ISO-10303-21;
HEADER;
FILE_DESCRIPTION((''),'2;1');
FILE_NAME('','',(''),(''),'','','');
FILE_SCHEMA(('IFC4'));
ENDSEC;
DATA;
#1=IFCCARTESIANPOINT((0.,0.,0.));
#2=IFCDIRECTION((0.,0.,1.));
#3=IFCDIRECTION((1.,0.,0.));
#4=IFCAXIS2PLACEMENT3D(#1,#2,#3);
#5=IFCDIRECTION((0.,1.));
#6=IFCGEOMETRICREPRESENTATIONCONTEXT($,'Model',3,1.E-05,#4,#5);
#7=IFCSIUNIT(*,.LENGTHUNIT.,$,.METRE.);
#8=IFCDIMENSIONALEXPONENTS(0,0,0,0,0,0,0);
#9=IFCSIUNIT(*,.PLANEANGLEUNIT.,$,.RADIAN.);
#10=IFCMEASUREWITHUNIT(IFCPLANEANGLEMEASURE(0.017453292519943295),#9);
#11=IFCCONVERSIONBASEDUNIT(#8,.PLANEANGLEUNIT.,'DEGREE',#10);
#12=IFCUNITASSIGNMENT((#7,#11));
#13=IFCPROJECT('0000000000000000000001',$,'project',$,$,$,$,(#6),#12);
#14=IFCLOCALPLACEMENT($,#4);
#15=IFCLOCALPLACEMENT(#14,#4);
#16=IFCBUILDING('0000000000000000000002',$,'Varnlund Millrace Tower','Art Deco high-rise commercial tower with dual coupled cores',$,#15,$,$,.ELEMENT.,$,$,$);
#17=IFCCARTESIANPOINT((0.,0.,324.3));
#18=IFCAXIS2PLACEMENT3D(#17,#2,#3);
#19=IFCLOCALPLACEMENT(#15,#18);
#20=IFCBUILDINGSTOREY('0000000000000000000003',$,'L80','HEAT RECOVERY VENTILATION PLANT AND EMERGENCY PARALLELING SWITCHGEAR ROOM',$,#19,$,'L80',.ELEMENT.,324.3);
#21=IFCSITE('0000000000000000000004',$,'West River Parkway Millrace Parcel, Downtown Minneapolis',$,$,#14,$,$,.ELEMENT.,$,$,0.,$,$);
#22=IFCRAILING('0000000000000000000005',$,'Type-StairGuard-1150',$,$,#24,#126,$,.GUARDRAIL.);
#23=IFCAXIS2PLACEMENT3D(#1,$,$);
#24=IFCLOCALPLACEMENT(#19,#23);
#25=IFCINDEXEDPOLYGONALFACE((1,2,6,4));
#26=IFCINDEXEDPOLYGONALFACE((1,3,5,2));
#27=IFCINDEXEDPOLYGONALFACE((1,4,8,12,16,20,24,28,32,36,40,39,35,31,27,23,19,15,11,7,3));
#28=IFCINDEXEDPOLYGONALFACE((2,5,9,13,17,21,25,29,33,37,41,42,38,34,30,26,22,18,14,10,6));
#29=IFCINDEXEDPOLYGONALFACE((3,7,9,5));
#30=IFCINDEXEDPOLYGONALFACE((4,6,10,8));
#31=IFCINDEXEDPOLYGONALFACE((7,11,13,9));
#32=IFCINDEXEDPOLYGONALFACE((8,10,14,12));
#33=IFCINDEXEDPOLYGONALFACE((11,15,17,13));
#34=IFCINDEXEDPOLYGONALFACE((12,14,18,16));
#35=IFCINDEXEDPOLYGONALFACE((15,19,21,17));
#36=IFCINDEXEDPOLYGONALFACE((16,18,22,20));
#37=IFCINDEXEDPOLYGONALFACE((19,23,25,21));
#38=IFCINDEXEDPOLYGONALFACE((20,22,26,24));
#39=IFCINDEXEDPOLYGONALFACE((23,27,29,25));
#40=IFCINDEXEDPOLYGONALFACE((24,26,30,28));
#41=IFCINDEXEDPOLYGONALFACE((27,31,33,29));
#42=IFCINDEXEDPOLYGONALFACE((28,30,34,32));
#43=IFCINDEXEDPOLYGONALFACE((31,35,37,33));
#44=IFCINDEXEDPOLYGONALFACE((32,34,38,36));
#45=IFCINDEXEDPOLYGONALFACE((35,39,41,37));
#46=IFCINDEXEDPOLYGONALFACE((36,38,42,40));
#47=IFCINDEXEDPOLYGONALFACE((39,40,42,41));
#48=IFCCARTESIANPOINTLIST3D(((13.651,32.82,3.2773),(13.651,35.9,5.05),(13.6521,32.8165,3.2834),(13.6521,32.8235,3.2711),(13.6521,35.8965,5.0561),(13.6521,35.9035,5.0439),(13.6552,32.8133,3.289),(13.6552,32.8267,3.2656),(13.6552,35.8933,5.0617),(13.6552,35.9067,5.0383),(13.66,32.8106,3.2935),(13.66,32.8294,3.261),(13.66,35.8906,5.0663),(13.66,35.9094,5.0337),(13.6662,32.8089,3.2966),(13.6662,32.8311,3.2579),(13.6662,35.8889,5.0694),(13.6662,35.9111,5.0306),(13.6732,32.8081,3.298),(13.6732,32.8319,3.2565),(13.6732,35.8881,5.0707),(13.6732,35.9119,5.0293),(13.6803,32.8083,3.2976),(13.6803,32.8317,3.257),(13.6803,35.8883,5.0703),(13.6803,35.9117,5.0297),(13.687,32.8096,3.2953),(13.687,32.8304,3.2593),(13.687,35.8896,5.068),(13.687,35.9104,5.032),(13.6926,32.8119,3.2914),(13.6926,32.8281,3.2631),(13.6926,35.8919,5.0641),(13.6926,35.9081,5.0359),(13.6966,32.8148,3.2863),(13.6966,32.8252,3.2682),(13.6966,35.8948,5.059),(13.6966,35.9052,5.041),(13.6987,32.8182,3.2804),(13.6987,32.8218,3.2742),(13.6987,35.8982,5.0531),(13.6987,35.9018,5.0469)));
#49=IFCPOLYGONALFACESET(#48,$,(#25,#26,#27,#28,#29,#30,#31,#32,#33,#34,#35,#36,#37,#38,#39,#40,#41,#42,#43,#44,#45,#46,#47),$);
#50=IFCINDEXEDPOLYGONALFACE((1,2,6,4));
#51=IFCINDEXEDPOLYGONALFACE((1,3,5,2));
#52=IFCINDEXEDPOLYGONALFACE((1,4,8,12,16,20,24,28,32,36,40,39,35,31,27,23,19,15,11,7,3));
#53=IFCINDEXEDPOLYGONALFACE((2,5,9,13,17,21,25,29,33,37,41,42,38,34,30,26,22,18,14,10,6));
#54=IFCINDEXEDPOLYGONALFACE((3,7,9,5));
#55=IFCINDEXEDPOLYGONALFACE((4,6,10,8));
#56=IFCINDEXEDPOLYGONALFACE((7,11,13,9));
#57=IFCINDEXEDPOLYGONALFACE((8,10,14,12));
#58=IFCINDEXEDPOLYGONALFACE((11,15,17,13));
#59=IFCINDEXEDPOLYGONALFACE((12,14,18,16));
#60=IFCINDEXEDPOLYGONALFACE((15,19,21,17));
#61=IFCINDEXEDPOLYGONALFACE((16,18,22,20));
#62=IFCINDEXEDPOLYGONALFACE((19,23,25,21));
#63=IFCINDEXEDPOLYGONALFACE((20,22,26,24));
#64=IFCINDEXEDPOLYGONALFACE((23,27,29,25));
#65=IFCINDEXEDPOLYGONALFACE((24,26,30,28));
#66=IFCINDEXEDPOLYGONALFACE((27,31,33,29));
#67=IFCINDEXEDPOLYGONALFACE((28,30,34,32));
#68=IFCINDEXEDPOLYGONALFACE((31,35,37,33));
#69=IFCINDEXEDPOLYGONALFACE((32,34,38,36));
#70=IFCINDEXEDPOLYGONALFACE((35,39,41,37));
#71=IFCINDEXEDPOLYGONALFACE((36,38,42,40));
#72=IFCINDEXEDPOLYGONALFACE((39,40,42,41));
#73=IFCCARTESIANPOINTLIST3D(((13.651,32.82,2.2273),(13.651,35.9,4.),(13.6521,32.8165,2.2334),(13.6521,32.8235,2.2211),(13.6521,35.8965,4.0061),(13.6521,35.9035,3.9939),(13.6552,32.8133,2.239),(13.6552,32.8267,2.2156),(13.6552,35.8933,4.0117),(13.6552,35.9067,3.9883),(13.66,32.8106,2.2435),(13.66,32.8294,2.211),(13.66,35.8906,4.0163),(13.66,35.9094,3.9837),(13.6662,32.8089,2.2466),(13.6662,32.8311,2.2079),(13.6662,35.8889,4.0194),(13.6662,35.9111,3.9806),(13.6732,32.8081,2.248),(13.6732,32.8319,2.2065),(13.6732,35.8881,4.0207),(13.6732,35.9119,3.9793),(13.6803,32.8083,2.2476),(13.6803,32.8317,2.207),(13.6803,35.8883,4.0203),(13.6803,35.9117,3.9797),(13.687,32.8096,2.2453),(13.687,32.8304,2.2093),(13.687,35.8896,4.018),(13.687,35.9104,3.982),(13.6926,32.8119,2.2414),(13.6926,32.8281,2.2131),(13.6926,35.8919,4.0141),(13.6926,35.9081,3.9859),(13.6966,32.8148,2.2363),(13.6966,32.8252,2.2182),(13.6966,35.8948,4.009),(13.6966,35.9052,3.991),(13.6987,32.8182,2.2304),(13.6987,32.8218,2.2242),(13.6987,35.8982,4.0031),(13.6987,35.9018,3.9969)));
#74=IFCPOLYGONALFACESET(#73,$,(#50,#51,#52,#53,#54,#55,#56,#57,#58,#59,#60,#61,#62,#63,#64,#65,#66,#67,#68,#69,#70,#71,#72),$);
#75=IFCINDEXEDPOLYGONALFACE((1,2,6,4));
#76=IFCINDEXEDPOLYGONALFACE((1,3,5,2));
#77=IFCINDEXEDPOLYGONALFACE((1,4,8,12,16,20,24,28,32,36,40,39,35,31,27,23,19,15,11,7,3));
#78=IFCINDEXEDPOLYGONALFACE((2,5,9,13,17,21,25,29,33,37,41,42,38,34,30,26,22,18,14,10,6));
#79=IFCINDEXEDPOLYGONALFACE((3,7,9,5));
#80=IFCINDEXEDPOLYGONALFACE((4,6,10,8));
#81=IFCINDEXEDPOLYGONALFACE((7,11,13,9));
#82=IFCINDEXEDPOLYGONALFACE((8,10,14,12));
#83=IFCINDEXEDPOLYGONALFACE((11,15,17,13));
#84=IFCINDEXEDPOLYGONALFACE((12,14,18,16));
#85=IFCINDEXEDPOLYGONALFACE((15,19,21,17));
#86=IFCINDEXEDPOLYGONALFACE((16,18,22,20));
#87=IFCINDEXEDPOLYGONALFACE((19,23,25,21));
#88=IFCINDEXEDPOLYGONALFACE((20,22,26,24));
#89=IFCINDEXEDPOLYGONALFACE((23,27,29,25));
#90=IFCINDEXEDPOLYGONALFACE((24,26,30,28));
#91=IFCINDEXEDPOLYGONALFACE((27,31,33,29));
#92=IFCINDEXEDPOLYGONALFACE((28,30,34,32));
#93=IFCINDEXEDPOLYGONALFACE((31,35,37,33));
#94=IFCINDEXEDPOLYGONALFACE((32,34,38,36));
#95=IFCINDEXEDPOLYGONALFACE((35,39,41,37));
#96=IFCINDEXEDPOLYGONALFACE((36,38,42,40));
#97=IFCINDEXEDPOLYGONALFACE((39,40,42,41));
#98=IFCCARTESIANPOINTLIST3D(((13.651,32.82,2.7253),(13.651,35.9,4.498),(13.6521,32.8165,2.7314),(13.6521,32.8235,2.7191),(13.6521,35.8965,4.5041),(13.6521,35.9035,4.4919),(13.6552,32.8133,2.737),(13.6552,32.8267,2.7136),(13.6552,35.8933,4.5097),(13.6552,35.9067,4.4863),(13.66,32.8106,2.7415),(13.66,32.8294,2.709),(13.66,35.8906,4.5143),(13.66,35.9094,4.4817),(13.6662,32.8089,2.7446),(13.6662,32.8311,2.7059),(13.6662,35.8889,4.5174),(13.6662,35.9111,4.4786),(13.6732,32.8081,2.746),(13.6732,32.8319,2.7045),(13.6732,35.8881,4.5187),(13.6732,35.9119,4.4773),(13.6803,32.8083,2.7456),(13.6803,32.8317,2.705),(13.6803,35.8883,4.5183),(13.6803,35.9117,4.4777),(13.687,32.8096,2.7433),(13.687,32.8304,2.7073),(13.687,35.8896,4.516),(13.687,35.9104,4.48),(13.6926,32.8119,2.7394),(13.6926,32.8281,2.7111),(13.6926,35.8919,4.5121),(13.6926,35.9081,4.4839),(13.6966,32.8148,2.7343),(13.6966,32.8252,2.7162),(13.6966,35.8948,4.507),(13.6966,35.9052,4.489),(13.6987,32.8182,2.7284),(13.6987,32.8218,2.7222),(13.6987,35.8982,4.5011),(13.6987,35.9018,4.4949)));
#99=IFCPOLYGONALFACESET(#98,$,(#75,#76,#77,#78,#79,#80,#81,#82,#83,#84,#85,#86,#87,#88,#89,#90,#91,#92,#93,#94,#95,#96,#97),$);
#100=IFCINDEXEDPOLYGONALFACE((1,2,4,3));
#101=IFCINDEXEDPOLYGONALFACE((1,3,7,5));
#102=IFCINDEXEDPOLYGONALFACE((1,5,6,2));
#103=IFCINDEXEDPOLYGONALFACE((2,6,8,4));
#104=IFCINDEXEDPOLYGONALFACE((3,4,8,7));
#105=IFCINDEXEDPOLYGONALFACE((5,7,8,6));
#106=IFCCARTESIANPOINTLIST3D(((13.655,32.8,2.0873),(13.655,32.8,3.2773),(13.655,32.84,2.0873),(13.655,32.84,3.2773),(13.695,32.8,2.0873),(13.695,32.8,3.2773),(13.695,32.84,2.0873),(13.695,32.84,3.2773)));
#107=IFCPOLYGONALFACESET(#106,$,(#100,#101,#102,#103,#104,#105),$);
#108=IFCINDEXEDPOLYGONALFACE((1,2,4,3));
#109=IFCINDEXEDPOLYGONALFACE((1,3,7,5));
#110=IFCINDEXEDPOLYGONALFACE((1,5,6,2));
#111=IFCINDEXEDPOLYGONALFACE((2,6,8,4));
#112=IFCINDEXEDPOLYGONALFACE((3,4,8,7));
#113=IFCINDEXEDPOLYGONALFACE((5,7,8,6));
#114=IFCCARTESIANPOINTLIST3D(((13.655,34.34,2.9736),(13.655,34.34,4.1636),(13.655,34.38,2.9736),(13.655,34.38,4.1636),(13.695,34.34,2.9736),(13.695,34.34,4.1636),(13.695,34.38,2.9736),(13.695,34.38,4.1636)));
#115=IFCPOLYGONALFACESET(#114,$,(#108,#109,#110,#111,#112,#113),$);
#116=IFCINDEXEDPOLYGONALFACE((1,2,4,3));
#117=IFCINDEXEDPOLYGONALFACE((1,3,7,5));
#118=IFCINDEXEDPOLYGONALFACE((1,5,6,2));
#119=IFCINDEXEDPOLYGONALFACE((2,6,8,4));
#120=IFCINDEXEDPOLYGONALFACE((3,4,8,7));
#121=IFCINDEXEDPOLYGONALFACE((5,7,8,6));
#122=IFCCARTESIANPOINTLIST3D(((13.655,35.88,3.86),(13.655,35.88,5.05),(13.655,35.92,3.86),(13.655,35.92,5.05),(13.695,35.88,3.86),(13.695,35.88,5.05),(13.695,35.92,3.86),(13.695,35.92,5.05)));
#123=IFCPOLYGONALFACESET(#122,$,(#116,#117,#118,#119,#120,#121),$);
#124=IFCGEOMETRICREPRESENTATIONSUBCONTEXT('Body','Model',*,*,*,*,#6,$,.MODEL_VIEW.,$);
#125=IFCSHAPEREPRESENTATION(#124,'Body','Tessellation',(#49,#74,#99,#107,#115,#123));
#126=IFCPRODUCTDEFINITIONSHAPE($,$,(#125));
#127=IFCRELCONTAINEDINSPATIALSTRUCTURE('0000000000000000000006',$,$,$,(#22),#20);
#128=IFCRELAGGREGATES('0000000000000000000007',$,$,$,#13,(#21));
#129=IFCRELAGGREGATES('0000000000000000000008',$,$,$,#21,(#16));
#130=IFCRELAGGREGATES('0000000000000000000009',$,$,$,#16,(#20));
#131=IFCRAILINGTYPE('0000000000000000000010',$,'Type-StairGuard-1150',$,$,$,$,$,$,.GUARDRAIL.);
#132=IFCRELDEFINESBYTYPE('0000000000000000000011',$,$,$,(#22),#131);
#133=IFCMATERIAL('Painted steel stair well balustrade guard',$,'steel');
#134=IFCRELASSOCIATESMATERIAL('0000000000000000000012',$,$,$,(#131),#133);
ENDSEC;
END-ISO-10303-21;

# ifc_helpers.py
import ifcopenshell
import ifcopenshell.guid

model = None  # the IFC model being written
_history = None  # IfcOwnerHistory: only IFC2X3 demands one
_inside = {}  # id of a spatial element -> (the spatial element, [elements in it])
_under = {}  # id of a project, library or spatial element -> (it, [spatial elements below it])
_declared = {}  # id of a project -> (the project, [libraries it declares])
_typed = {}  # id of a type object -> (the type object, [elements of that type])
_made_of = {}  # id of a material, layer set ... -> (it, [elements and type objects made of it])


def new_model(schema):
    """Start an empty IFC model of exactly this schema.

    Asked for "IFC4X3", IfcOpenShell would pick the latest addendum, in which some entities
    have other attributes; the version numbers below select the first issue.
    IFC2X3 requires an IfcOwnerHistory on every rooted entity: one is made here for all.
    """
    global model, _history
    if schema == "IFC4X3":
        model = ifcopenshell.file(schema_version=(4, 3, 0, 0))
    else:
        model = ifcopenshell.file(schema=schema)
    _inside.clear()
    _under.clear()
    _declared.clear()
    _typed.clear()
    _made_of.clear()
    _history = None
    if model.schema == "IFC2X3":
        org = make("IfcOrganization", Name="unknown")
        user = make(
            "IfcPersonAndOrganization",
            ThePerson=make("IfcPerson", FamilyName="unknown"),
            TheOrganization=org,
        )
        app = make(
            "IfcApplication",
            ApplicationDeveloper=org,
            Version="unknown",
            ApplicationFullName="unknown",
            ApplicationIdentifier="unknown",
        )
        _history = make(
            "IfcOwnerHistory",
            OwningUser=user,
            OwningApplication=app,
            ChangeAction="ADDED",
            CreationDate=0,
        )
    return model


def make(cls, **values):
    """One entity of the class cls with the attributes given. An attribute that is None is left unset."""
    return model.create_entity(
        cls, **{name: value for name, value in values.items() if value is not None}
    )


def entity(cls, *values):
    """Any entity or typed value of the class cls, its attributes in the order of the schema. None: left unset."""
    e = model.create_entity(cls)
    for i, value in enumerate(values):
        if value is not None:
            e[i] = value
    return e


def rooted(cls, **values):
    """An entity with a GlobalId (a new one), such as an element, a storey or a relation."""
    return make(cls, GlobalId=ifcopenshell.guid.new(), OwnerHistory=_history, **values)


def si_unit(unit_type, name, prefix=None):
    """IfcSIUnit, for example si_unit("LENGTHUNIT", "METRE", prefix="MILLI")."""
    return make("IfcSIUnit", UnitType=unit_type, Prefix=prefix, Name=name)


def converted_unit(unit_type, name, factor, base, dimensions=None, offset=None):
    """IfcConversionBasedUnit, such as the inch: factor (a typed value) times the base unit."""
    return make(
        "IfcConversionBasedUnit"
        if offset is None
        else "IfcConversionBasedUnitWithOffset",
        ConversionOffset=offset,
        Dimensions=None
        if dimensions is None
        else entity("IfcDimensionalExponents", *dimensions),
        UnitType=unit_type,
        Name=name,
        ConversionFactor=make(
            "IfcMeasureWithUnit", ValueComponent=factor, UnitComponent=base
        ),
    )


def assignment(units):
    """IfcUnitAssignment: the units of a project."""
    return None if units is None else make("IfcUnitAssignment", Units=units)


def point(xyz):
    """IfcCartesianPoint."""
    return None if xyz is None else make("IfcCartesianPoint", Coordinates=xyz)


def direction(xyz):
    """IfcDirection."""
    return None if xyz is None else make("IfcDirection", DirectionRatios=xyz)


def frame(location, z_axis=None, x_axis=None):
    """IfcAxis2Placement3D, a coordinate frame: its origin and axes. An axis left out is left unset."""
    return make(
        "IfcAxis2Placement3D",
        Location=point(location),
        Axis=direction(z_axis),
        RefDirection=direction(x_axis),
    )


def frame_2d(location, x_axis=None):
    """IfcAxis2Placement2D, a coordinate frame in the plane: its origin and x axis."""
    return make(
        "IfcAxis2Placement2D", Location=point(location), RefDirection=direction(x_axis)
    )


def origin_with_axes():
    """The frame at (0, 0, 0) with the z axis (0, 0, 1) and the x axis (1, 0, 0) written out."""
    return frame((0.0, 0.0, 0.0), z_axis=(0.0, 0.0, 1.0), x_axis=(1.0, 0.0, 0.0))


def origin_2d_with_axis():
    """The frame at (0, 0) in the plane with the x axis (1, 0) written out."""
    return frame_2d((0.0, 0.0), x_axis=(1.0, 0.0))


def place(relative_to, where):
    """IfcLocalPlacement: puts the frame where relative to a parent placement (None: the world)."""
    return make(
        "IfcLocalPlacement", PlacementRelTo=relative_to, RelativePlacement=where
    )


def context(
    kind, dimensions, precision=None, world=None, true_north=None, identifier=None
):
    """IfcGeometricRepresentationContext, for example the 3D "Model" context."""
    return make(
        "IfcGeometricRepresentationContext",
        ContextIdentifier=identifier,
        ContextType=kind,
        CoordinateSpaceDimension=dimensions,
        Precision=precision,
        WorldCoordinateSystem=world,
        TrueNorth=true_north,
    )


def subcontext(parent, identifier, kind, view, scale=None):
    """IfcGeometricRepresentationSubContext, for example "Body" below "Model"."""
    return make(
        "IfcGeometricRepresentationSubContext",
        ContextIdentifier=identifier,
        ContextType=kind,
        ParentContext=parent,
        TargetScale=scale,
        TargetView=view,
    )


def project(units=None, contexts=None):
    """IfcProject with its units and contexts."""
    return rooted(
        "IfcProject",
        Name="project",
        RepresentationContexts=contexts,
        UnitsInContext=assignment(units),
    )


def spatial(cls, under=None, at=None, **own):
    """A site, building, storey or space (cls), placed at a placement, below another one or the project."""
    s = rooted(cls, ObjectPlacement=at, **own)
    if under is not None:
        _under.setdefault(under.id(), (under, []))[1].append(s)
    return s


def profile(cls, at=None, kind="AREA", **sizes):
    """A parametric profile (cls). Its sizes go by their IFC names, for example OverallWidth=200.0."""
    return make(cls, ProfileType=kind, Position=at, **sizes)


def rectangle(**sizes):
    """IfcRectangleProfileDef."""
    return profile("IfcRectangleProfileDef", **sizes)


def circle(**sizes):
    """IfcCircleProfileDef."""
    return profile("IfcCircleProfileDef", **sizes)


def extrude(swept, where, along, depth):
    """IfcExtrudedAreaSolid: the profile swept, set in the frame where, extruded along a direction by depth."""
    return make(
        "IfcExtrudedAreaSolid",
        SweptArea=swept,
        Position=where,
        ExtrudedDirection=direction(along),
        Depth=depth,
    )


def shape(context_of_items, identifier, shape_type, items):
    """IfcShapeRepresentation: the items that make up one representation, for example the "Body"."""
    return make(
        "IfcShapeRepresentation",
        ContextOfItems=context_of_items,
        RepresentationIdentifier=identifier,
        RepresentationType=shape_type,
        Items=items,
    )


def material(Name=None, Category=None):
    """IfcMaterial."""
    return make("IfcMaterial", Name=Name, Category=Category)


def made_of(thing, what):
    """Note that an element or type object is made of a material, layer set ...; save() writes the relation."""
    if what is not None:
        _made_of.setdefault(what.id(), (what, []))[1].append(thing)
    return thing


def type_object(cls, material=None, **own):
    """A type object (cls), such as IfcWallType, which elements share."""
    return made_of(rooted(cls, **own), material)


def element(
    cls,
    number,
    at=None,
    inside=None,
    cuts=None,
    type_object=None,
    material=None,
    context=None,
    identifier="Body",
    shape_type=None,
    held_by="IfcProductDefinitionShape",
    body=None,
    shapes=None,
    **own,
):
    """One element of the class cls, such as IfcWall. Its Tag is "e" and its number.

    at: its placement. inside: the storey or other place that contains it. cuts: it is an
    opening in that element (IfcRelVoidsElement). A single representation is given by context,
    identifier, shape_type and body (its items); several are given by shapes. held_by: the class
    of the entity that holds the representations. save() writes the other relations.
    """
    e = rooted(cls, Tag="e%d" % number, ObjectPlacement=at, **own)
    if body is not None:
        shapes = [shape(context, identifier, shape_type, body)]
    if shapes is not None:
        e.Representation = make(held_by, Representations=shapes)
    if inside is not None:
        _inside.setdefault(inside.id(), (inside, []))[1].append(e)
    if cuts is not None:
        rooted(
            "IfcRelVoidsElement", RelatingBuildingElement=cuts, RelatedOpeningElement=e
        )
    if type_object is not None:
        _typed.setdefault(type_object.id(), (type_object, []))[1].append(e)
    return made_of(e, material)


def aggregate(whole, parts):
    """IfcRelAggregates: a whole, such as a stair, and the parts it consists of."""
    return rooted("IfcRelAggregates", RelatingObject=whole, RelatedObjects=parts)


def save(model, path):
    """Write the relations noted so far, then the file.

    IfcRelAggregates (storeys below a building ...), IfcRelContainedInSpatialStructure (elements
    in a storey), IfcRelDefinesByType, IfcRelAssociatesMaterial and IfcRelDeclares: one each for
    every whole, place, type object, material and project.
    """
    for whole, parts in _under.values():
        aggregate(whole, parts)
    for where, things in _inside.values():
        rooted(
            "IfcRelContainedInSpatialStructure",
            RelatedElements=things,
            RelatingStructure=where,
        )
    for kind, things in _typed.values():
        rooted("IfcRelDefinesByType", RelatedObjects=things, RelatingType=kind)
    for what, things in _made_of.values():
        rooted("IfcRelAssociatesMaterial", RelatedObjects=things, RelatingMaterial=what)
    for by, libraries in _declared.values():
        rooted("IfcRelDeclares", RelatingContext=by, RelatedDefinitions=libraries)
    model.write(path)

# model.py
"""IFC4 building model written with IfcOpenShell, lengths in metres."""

from ifc_helpers import new_model, entity, si_unit, converted_unit, direction, frame, origin_with_axes, origin_2d_with_axis, place, context, subcontext, project, spatial, rectangle, circle, extrude, material, type_object, element, save


model = new_model("IFC4")

# Units and contexts
model_context = context("Model", 3, precision=1e-05, world=origin_with_axes(), true_north=direction((0.0, 1.0)))
body_context = subcontext(model_context, "Body", "Model", "MODEL_VIEW")
ifc_project = project(units=[si_unit("LENGTHUNIT", "METRE"), converted_unit("PLANEANGLEUNIT", "DEGREE", entity("IfcPlaneAngleMeasure", 0.017453292519943295), si_unit("PLANEANGLEUNIT", "RADIAN"), dimensions=[0, 0, 0, 0, 0, 0, 0])], contexts=[model_context])

# Site, building, storey
site_placement = place(None, origin_with_axes())
site = spatial("IfcSite", under=ifc_project, at=site_placement, Name="West River Parkway Millrace Parcel, Downtown Minneapolis", CompositionType="ELEMENT", RefElevation=0.0)
building_placement = place(site_placement, origin_with_axes())
building = spatial("IfcBuilding", under=site, at=building_placement, Name="Varnlund Millrace Tower", Description="Art Deco high-rise commercial tower with dual coupled cores", CompositionType="ELEMENT")
storey_placement = place(building_placement, frame((0.0, 0.0, 324.3), z_axis=(0.0, 0.0, 1.0), x_axis=(1.0, 0.0, 0.0)))
storey = spatial("IfcBuildingStorey", under=building, at=storey_placement, Name="L80", Description="HEAT RECOVERY VENTILATION PLANT AND EMERGENCY PARALLELING SWITCHGEAR ROOM", LongName="L80", CompositionType="ELEMENT", Elevation=324.3)

# Railing
ifc_material_1 = material(Name="Painted steel stair well balustrade guard", Category="steel")
railing_type_1 = type_object("IfcRailingType", Name="Type-StairGuard-1150", PredefinedType="GUARDRAIL", material=ifc_material_1)
railing_1_placement = place(storey_placement, frame((0.0, 0.0, -324.3), z_axis=(0.0, 0.0, 1.0), x_axis=(1.0, 0.0, 0.0)))
element("IfcRailing", 1, at=railing_1_placement, inside=storey, type_object=railing_type_1, Name="Type-StairGuard-1150", PredefinedType="GUARDRAIL", context=body_context, shape_type="SweptSolid", body=[
    extrude(circle(Radius=0.024, at=origin_2d_with_axis()), frame((13.675, 32.82, 327.5773), z_axis=(0.0, 0.866696, 0.498836), x_axis=(-1.0, 0.0, 0.0)), (0.0, 0.0, 1.0), 3.5537),
    extrude(circle(Radius=0.024, at=origin_2d_with_axis()), frame((13.675, 32.82, 326.5273), z_axis=(0.0, 0.866696, 0.498836), x_axis=(-1.0, 0.0, 0.0)), (0.0, 0.0, 1.0), 3.5537),
    extrude(circle(Radius=0.024, at=origin_2d_with_axis()), frame((13.675, 32.82, 327.0253), z_axis=(0.0, 0.866696, 0.498836), x_axis=(-1.0, 0.0, 0.0)), (0.0, 0.0, 1.0), 3.5537),
    extrude(rectangle(XDim=0.04, YDim=0.04, at=origin_2d_with_axis()), frame((13.675, 32.82, 326.3873), z_axis=(0.0, 0.0, 1.0), x_axis=(1.0, 0.0, 0.0)), (0.0, 0.0, 1.0), 1.19),
    extrude(rectangle(XDim=0.04, YDim=0.04, at=origin_2d_with_axis()), frame((13.675, 34.36, 327.2736), z_axis=(0.0, 0.0, 1.0), x_axis=(1.0, 0.0, 0.0)), (0.0, 0.0, 1.0), 1.19),
    extrude(rectangle(XDim=0.04, YDim=0.04, at=origin_2d_with_axis()), frame((13.675, 35.9, 328.16), z_axis=(0.0, 0.0, 1.0), x_axis=(1.0, 0.0, 0.0)), (0.0, 0.0, 1.0), 1.19),
])

save(model, "model.ifc")
